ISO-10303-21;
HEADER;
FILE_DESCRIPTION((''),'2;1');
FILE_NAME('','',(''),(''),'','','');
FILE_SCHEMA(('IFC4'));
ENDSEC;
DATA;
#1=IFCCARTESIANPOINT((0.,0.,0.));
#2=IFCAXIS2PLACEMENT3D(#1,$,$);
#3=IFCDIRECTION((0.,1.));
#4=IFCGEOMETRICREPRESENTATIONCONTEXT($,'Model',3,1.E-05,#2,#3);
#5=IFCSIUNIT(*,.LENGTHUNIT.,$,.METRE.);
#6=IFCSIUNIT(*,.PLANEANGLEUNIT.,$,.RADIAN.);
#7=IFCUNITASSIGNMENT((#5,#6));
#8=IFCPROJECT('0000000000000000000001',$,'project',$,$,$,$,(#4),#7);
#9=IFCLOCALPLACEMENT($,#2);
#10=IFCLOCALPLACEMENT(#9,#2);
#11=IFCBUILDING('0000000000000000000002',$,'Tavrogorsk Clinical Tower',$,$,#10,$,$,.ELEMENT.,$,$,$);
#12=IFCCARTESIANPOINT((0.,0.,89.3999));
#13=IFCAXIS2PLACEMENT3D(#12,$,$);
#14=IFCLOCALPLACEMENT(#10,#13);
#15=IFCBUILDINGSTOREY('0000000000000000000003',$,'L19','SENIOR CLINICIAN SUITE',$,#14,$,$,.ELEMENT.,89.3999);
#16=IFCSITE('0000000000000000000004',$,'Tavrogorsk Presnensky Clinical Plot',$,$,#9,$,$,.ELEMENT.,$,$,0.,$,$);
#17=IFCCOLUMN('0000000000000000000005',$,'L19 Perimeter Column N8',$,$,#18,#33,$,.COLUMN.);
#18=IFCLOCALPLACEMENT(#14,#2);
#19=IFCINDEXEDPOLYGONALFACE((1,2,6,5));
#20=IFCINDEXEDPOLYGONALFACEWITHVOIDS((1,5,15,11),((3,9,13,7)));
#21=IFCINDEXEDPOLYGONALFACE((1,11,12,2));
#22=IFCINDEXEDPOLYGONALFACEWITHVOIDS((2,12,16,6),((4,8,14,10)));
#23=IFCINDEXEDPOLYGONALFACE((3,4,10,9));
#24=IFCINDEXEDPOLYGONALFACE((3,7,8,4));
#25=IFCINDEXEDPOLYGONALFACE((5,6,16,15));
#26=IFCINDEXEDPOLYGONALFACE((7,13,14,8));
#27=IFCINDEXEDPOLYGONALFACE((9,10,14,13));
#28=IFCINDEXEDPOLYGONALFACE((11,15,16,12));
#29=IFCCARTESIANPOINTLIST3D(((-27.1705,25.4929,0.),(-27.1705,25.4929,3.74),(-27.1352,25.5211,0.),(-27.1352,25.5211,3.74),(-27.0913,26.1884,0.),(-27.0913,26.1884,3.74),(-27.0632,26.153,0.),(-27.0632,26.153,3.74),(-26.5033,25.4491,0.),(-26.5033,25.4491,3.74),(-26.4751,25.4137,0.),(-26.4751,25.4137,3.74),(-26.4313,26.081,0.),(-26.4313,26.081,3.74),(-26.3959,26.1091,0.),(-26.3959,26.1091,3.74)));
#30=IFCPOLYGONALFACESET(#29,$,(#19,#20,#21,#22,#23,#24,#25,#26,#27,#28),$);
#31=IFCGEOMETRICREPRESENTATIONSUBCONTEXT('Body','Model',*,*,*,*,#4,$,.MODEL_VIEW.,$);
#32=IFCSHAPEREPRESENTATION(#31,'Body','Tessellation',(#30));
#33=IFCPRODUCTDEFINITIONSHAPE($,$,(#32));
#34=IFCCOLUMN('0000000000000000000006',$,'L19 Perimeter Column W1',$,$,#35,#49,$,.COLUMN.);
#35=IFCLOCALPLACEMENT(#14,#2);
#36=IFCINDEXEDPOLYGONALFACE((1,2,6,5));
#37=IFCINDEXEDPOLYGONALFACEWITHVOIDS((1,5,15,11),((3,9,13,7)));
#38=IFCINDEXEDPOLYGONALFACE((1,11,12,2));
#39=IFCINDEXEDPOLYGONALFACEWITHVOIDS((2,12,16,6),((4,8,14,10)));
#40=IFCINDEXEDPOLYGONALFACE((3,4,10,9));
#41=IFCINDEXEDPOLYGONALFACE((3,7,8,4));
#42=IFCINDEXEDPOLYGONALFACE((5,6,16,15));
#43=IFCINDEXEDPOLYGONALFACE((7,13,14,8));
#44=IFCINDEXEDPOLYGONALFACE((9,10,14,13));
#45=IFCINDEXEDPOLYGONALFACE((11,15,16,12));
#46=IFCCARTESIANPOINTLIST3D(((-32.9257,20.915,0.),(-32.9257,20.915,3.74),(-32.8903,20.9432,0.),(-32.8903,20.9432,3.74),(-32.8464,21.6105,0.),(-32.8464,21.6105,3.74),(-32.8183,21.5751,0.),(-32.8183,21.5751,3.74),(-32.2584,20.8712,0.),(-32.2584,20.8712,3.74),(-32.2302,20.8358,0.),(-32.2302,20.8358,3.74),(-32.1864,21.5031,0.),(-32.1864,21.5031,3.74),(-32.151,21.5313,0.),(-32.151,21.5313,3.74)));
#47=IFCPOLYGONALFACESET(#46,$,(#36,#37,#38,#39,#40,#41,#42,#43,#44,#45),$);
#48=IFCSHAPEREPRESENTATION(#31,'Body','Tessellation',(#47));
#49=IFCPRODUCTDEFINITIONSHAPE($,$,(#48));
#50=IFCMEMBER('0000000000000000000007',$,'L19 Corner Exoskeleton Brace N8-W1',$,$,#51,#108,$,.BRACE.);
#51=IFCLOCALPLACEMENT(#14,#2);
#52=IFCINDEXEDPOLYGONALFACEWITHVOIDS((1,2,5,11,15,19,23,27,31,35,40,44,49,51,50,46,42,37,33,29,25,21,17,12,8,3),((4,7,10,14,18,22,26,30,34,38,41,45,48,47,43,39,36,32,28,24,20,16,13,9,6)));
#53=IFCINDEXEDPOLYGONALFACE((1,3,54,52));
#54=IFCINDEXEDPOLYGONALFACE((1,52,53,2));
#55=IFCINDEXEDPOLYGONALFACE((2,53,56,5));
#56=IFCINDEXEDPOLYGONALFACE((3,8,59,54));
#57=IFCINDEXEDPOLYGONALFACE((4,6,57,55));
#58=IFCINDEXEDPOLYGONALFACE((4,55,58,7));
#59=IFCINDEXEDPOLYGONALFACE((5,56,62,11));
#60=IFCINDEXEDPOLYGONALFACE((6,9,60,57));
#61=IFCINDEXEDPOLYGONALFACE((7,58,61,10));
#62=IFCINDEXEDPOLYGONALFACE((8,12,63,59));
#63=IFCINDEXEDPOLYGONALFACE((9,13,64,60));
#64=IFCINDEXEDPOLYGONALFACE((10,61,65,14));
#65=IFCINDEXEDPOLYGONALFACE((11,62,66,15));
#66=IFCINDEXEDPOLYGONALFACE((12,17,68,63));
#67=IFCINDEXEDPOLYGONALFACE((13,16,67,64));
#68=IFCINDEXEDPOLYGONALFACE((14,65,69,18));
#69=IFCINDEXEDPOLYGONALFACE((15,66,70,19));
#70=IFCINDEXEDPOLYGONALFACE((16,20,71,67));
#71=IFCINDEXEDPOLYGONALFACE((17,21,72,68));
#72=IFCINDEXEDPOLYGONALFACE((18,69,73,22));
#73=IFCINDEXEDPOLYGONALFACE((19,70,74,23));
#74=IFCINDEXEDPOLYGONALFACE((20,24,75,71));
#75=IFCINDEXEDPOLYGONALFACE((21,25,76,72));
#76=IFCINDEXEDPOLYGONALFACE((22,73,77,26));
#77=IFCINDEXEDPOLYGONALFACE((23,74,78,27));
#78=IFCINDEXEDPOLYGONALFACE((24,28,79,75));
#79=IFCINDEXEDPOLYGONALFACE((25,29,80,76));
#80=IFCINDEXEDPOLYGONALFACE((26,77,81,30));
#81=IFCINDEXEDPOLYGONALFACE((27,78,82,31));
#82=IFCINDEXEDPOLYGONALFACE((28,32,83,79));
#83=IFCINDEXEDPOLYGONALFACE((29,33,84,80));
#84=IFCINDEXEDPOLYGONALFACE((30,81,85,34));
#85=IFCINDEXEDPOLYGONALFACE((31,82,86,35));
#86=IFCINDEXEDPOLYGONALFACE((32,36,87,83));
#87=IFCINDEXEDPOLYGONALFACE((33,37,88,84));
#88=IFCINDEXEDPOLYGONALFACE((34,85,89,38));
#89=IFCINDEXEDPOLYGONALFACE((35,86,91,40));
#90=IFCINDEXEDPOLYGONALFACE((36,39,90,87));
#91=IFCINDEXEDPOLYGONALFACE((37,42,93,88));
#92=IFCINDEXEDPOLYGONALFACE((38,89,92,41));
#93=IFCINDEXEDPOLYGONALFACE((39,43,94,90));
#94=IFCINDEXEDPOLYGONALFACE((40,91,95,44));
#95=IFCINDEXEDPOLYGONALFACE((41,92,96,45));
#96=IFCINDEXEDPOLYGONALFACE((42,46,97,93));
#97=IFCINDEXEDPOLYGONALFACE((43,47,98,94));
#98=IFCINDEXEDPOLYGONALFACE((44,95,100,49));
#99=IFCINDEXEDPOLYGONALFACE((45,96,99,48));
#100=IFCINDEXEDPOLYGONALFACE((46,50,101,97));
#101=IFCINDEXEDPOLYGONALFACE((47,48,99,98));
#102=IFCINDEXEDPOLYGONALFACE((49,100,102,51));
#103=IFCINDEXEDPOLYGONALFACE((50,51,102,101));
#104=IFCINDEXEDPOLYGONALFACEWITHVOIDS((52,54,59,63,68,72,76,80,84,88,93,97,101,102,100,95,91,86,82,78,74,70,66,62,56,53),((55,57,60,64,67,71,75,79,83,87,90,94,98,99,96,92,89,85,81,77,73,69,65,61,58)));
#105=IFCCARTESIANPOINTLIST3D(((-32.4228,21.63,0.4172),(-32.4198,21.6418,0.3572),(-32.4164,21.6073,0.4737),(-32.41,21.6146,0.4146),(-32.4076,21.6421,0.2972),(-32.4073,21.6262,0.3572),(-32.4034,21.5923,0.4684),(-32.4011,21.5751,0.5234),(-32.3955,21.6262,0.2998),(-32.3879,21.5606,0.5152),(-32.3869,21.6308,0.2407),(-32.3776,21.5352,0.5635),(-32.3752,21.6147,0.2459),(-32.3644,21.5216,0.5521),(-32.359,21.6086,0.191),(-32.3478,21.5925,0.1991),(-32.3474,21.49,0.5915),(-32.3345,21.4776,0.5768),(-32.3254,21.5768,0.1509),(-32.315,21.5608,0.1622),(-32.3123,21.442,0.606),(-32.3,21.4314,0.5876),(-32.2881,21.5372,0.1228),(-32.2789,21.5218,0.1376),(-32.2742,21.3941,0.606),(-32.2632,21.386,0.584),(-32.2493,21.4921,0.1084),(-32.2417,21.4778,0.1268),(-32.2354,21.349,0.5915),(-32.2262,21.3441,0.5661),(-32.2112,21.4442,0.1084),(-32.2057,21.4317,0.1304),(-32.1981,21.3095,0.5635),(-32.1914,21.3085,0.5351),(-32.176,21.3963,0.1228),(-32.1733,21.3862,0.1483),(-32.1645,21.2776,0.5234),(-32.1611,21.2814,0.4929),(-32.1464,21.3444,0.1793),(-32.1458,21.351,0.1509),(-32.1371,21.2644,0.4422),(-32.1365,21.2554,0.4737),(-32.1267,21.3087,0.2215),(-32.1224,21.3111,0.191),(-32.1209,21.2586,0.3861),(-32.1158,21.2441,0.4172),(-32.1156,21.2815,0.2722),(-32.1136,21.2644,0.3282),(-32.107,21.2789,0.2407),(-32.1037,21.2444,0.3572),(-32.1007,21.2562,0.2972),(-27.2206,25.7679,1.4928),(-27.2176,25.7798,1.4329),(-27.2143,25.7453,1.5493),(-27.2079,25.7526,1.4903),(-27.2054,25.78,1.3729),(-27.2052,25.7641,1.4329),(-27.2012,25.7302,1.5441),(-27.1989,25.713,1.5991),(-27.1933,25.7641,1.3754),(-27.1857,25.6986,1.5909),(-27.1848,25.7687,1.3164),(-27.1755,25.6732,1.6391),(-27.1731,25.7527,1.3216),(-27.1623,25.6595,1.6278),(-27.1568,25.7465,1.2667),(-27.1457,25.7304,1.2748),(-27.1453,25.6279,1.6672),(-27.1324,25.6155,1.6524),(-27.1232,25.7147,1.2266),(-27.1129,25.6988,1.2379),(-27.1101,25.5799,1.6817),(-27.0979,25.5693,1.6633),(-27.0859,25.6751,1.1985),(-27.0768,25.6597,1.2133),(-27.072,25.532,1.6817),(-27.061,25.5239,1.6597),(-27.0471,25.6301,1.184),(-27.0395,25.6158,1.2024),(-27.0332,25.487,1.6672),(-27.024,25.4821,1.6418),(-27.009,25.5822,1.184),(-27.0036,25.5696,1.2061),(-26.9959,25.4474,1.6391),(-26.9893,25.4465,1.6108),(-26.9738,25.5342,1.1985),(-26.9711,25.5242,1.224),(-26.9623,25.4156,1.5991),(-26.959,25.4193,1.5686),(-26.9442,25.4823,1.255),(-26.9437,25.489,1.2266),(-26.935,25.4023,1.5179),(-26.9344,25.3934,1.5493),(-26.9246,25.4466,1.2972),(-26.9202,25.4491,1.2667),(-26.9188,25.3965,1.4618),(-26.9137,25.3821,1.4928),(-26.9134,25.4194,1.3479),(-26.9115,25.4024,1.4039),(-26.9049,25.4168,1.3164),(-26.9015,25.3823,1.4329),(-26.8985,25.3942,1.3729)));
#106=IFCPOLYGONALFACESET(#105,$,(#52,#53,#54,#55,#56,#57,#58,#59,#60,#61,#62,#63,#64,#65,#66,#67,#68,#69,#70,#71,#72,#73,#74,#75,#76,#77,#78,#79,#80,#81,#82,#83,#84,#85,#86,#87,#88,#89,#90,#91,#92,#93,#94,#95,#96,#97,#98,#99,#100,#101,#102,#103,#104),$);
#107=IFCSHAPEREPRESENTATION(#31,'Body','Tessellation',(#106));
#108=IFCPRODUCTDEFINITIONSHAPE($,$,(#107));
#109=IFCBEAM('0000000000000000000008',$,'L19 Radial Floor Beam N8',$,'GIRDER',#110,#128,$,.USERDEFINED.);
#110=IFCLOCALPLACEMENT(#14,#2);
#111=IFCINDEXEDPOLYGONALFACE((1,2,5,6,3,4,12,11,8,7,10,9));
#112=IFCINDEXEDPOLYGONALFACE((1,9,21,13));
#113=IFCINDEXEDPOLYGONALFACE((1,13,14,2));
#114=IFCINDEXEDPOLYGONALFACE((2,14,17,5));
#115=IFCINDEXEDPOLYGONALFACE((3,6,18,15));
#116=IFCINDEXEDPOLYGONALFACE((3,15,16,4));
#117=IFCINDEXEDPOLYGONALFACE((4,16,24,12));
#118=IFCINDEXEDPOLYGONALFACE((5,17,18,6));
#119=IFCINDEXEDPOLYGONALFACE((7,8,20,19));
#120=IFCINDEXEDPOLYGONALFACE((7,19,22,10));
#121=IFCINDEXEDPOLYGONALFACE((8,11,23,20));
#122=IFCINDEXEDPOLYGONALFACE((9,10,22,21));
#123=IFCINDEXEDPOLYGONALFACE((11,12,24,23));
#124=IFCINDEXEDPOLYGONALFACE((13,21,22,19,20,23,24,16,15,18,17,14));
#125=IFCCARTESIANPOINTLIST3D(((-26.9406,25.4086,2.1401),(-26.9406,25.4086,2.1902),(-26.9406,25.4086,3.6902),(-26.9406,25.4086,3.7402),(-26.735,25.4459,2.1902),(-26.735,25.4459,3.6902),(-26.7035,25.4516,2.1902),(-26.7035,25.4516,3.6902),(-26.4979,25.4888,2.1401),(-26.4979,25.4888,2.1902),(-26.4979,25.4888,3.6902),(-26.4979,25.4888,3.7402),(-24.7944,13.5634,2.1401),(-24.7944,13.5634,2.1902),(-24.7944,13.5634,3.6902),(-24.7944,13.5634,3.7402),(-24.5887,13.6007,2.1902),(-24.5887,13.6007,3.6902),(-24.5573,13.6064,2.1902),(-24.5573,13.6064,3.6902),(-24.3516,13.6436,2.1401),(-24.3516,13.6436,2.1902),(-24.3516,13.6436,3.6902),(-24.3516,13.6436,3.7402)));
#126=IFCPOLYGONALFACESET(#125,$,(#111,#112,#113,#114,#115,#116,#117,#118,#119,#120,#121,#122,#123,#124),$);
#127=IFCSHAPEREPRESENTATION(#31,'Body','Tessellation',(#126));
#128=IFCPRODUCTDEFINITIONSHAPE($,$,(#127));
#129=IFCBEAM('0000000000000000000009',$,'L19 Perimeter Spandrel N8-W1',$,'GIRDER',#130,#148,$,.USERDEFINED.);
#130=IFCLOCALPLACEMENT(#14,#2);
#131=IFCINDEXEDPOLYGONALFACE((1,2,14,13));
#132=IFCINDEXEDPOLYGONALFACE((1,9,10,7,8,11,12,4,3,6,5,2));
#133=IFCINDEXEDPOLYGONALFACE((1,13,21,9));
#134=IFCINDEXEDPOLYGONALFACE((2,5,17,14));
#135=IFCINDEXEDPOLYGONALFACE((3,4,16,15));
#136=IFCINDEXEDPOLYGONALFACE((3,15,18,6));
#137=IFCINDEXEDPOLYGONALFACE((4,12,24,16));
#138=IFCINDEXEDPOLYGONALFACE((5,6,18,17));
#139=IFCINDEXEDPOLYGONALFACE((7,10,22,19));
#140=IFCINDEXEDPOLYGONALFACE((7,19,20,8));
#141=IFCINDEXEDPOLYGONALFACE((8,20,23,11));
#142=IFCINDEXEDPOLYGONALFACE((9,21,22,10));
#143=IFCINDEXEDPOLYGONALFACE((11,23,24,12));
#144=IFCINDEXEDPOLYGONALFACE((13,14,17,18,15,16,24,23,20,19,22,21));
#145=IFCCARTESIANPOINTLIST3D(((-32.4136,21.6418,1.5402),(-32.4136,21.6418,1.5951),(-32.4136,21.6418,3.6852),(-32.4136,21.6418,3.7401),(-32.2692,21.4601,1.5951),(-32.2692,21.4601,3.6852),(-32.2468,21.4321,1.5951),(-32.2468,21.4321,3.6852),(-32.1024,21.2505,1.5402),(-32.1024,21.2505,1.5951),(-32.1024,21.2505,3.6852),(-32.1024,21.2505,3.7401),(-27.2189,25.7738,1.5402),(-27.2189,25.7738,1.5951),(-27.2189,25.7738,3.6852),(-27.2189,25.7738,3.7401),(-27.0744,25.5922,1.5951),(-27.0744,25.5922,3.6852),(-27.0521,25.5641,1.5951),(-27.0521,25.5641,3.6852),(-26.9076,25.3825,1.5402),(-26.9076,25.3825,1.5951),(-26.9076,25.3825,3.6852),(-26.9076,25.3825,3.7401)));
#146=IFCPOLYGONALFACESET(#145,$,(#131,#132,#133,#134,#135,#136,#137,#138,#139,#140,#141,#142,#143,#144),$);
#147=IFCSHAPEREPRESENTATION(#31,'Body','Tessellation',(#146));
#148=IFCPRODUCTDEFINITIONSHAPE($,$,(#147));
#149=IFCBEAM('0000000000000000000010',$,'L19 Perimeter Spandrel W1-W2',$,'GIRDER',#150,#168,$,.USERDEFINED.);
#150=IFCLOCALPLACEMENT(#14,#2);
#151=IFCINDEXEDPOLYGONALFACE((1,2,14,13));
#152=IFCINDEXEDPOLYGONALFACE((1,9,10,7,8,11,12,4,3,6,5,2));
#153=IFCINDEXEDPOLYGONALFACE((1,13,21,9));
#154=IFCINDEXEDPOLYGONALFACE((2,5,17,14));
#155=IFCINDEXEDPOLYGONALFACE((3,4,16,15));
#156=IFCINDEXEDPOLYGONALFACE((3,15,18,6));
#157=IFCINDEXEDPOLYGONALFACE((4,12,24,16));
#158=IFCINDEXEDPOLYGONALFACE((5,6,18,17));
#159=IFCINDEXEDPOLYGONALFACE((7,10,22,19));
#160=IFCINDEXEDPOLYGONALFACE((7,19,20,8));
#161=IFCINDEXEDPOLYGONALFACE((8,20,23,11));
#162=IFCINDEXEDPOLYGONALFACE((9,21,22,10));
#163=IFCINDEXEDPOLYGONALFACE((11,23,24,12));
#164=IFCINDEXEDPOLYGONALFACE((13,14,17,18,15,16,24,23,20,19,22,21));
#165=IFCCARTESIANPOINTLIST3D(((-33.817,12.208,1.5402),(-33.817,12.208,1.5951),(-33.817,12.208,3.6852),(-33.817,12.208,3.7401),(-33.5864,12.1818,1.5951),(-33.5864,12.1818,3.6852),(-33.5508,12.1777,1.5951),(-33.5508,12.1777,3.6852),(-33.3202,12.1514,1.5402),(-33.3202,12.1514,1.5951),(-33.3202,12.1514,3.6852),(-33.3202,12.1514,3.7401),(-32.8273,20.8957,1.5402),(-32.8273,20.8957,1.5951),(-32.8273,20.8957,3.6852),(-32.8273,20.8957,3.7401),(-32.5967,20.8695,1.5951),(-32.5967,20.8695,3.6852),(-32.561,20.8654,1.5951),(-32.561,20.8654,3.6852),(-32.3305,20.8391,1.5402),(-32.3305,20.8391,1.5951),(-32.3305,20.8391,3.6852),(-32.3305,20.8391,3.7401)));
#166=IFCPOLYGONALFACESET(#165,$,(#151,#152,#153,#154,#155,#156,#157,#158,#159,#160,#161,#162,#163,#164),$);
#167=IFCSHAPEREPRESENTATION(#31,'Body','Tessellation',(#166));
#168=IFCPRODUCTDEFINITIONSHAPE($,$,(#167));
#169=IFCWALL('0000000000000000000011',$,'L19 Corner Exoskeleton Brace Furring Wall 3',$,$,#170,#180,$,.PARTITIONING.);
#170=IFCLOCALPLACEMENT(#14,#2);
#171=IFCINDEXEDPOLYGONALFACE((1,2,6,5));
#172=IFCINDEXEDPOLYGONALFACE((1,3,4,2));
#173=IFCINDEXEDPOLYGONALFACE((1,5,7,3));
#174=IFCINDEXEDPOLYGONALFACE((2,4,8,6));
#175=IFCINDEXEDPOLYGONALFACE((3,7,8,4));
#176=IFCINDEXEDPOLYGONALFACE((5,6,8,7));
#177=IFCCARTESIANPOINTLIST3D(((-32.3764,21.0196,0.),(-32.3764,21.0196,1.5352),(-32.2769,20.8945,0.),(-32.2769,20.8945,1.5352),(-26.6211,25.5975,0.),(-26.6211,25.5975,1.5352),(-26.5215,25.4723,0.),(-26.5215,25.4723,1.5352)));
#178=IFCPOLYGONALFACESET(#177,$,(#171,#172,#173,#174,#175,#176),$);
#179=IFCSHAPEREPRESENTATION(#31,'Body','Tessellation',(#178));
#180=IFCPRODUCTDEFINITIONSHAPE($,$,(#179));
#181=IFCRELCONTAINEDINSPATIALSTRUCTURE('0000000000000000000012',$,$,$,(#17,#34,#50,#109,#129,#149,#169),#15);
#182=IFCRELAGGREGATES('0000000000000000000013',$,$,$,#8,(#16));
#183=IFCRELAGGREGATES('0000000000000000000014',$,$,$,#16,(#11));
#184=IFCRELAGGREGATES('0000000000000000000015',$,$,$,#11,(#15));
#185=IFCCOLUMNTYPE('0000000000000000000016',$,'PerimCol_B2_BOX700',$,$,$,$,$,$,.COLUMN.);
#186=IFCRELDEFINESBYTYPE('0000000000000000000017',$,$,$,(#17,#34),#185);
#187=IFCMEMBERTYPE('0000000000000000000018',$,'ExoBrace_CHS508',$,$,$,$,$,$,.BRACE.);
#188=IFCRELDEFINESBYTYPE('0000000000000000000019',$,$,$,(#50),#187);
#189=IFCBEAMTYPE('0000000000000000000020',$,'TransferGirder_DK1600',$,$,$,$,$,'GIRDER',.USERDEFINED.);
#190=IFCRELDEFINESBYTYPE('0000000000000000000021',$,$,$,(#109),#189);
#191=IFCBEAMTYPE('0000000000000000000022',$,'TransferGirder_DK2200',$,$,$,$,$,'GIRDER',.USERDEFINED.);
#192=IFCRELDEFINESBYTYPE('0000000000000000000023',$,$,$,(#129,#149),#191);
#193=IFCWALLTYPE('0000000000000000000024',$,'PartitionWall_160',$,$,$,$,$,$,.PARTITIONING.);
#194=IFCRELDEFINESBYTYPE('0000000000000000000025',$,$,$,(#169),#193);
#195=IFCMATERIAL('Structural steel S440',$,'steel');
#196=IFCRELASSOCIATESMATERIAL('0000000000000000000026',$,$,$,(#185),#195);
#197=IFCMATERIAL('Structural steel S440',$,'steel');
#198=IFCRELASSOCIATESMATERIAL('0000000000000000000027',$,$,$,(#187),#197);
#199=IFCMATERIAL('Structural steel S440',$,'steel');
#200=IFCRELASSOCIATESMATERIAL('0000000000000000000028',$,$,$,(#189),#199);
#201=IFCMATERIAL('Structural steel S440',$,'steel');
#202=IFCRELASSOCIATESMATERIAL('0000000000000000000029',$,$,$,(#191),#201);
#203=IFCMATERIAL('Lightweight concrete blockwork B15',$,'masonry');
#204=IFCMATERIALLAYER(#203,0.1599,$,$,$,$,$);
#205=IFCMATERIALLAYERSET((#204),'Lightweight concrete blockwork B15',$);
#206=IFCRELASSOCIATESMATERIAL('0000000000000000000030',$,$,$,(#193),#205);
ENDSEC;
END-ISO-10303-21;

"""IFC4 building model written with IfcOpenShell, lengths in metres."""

from ifc_helpers import new_model, si_unit, direction, frame, frame_2d, origin, origin_2d, place, context, subcontext, project, spatial, rectangle, hollow_rectangle, hollow_circle, i_section, extrude, material, layer, layer_set, material_profile, profile_set, type_object, element, save


model = new_model("IFC4")

# Units and contexts
model_context = context("Model", 3, precision=1e-05, world=origin(), true_north=direction((0.0, 1.0)))
body_context = subcontext(model_context, "Body", "Model", "MODEL_VIEW")
ifc_project = project(units=[si_unit("LENGTHUNIT", "METRE"), si_unit("PLANEANGLEUNIT", "RADIAN")], contexts=[model_context])

# Site, building, storey
site_placement = place(None, origin())
site = spatial("IfcSite", under=ifc_project, at=site_placement, Name="Tavrogorsk Presnensky Clinical Plot", CompositionType="ELEMENT", RefElevation=0.0)
building_placement = place(site_placement, origin())
building = spatial("IfcBuilding", under=site, at=building_placement, Name="Tavrogorsk Clinical Tower", CompositionType="ELEMENT")
storey_placement = place(building_placement, frame((0.0, 0.0, 89.3999)))
storey = spatial("IfcBuildingStorey", under=building, at=storey_placement, Name="L19", Description="SENIOR CLINICIAN SUITE", CompositionType="ELEMENT", Elevation=89.3999)

# Columns
ifc_material_1 = material(Name="Structural steel S440", Category="steel")
ifc_material_profile_1 = material_profile(ifc_material_1, hollow_rectangle(XDim=0.7, YDim=0.7, WallThickness=0.032, at=origin_2d()), Name="BOX-700x700x32")
ifc_profile_set_1 = profile_set([ifc_material_profile_1], Name="Structural steel S440")
column_type = type_object("IfcColumnType", Name="PerimCol_B2_BOX700", PredefinedType="COLUMN", material=ifc_profile_set_1)
for number, where, z_axis, x_axis, name in (
    (1, (-26.7832, 25.801, 0.0), (0.0, 0.0, 1.0), (0.993572, -0.113203, 0.0), "L19 Perimeter Column N8"),
    (2, (-32.5383, 21.2231, 0.0), (0.0, 0.0, 1.0), (0.993572, -0.113203, 0.0), "L19 Perimeter Column W1"),
):
    element("IfcColumn", number, at=place(storey_placement, frame(where, z_axis=z_axis, x_axis=x_axis)), inside=storey, type_object=column_type, Name=name, PredefinedType="COLUMN", context=body_context, shape_type="SweptSolid", body=[
        extrude(hollow_rectangle(XDim=0.7, YDim=0.7, WallThickness=0.032, at=origin_2d()), origin(), (0.0, 0.0, 1.0), 3.74),
    ])

# Member
ifc_material_2 = material(Name="Structural steel S440", Category="steel")
ifc_material_profile_2 = material_profile(ifc_material_2, hollow_circle(Radius=0.2539, WallThickness=0.02, at=origin_2d()), Name="CHS-508x20")
ifc_profile_set_2 = profile_set([ifc_material_profile_2], Name="Structural steel S440")
member_type = type_object("IfcMemberType", Name="ExoBrace_CHS508", PredefinedType="BRACE", material=ifc_profile_set_2)
member_placement = place(storey_placement, frame((-32.2617, 21.4431, 0.3572), z_axis=(0.77256, 0.614517, 0.159748), x_axis=(-0.622511, 0.782611, 0.0)))
element("IfcMember", 3, at=member_placement, inside=storey, type_object=member_type, Name="L19 Corner Exoskeleton Brace N8-W1", PredefinedType="BRACE", context=body_context, shape_type="SweptSolid", body=[
    extrude(hollow_circle(Radius=0.2539, WallThickness=0.02, at=origin_2d()), origin(), (0.0, 0.0, 1.0), 6.7336),
])

# Beams
ifc_material_3 = material(Name="Structural steel S440", Category="steel")
ifc_material_profile_3 = material_profile(ifc_material_3, i_section(OverallWidth=0.45, OverallDepth=1.6001, WebThickness=0.032, FlangeThickness=0.05, at=origin_2d()), Name="DK-1600x450x32x50")
ifc_profile_set_3 = profile_set([ifc_material_profile_3], Name="Structural steel S440")
beam_type_1 = type_object("IfcBeamType", Name="TransferGirder_DK1600", ElementType="GIRDER", PredefinedType="USERDEFINED", material=ifc_profile_set_3)
beam_1_placement = place(storey_placement, frame((-24.573, 13.6035, 2.9402), z_axis=(-0.178288, 0.983978, 0.0), x_axis=(-0.983978, -0.178288, 0.0)))
element("IfcBeam", 4, at=beam_1_placement, inside=storey, type_object=beam_type_1, Name="L19 Radial Floor Beam N8", ObjectType="GIRDER", PredefinedType="USERDEFINED", context=body_context, shape_type="SweptSolid", body=[
    extrude(i_section(OverallWidth=0.45, OverallDepth=1.6001, WebThickness=0.032, FlangeThickness=0.05, at=origin_2d()), origin(), (0.0, 0.0, 1.0), 12.0381),
])
ifc_material_4 = material(Name="Structural steel S440", Category="steel")
ifc_material_profile_4 = material_profile(ifc_material_4, i_section(OverallWidth=0.5, OverallDepth=2.2, WebThickness=0.0359, FlangeThickness=0.0549, at=origin_2d()), Name="DK-2200x500x36x55")
ifc_profile_set_4 = profile_set([ifc_material_profile_4], Name="Structural steel S440")
beam_type_2 = type_object("IfcBeamType", Name="TransferGirder_DK2200", ElementType="GIRDER", PredefinedType="USERDEFINED", material=ifc_profile_set_4)
beam_2_placement = place(storey_placement, frame((-27.0632, 25.5781, 2.6401), z_axis=(-0.782613, -0.622508, 0.0), x_axis=(0.622508, -0.782613, 0.0)))
element("IfcBeam", 5, at=beam_2_placement, inside=storey, type_object=beam_type_2, Name="L19 Perimeter Spandrel N8-W1", ObjectType="GIRDER", PredefinedType="USERDEFINED", context=body_context, shape_type="SweptSolid", body=[
    extrude(i_section(OverallWidth=0.5, OverallDepth=2.2, WebThickness=0.0359, FlangeThickness=0.0549, at=origin_2d()), origin(), (0.0, 0.0, 1.0), 6.6377),
])
beam_3_placement = place(storey_placement, frame((-32.5789, 20.8674, 2.6401), z_axis=(-0.113192, -0.993573, 0.0), x_axis=(0.993573, -0.113192, 0.0)))
element("IfcBeam", 6, at=beam_3_placement, inside=storey, type_object=beam_type_2, Name="L19 Perimeter Spandrel W1-W2", ObjectType="GIRDER", PredefinedType="USERDEFINED", context=body_context, shape_type="SweptSolid", body=[
    extrude(i_section(OverallWidth=0.5, OverallDepth=2.2, WebThickness=0.0359, FlangeThickness=0.0549, at=origin_2d()), origin(), (0.0, 0.0, 1.0), 8.7439),
])

# Wall
ifc_material_5 = material(Name="Lightweight concrete blockwork B15", Category="masonry")
ifc_layer_1 = layer(ifc_material_5, 0.1599)
ifc_layer_set_1 = layer_set([ifc_layer_1], Name="Lightweight concrete blockwork B15")
wall_type_1 = type_object("IfcWallType", Name="PartitionWall_160", PredefinedType="PARTITIONING", material=ifc_layer_set_1)
wall_1_placement = place(storey_placement, frame((-26.5713, 25.5349, 0.0), z_axis=(0.0, 0.0, 1.0), x_axis=(-0.782618, -0.622502, 0.0)))
element("IfcWall", 7, at=wall_1_placement, inside=storey, type_object=wall_type_1, Name="L19 Corner Exoskeleton Brace Furring Wall 3", PredefinedType="PARTITIONING", context=body_context, shape_type="SweptSolid", body=[
    extrude(rectangle(XDim=7.354, YDim=0.1599, at=frame_2d((3.677, 0.0))), origin(), (0.0, 0.0, 1.0), 1.5352),
])

save(model, "model.ifc")
